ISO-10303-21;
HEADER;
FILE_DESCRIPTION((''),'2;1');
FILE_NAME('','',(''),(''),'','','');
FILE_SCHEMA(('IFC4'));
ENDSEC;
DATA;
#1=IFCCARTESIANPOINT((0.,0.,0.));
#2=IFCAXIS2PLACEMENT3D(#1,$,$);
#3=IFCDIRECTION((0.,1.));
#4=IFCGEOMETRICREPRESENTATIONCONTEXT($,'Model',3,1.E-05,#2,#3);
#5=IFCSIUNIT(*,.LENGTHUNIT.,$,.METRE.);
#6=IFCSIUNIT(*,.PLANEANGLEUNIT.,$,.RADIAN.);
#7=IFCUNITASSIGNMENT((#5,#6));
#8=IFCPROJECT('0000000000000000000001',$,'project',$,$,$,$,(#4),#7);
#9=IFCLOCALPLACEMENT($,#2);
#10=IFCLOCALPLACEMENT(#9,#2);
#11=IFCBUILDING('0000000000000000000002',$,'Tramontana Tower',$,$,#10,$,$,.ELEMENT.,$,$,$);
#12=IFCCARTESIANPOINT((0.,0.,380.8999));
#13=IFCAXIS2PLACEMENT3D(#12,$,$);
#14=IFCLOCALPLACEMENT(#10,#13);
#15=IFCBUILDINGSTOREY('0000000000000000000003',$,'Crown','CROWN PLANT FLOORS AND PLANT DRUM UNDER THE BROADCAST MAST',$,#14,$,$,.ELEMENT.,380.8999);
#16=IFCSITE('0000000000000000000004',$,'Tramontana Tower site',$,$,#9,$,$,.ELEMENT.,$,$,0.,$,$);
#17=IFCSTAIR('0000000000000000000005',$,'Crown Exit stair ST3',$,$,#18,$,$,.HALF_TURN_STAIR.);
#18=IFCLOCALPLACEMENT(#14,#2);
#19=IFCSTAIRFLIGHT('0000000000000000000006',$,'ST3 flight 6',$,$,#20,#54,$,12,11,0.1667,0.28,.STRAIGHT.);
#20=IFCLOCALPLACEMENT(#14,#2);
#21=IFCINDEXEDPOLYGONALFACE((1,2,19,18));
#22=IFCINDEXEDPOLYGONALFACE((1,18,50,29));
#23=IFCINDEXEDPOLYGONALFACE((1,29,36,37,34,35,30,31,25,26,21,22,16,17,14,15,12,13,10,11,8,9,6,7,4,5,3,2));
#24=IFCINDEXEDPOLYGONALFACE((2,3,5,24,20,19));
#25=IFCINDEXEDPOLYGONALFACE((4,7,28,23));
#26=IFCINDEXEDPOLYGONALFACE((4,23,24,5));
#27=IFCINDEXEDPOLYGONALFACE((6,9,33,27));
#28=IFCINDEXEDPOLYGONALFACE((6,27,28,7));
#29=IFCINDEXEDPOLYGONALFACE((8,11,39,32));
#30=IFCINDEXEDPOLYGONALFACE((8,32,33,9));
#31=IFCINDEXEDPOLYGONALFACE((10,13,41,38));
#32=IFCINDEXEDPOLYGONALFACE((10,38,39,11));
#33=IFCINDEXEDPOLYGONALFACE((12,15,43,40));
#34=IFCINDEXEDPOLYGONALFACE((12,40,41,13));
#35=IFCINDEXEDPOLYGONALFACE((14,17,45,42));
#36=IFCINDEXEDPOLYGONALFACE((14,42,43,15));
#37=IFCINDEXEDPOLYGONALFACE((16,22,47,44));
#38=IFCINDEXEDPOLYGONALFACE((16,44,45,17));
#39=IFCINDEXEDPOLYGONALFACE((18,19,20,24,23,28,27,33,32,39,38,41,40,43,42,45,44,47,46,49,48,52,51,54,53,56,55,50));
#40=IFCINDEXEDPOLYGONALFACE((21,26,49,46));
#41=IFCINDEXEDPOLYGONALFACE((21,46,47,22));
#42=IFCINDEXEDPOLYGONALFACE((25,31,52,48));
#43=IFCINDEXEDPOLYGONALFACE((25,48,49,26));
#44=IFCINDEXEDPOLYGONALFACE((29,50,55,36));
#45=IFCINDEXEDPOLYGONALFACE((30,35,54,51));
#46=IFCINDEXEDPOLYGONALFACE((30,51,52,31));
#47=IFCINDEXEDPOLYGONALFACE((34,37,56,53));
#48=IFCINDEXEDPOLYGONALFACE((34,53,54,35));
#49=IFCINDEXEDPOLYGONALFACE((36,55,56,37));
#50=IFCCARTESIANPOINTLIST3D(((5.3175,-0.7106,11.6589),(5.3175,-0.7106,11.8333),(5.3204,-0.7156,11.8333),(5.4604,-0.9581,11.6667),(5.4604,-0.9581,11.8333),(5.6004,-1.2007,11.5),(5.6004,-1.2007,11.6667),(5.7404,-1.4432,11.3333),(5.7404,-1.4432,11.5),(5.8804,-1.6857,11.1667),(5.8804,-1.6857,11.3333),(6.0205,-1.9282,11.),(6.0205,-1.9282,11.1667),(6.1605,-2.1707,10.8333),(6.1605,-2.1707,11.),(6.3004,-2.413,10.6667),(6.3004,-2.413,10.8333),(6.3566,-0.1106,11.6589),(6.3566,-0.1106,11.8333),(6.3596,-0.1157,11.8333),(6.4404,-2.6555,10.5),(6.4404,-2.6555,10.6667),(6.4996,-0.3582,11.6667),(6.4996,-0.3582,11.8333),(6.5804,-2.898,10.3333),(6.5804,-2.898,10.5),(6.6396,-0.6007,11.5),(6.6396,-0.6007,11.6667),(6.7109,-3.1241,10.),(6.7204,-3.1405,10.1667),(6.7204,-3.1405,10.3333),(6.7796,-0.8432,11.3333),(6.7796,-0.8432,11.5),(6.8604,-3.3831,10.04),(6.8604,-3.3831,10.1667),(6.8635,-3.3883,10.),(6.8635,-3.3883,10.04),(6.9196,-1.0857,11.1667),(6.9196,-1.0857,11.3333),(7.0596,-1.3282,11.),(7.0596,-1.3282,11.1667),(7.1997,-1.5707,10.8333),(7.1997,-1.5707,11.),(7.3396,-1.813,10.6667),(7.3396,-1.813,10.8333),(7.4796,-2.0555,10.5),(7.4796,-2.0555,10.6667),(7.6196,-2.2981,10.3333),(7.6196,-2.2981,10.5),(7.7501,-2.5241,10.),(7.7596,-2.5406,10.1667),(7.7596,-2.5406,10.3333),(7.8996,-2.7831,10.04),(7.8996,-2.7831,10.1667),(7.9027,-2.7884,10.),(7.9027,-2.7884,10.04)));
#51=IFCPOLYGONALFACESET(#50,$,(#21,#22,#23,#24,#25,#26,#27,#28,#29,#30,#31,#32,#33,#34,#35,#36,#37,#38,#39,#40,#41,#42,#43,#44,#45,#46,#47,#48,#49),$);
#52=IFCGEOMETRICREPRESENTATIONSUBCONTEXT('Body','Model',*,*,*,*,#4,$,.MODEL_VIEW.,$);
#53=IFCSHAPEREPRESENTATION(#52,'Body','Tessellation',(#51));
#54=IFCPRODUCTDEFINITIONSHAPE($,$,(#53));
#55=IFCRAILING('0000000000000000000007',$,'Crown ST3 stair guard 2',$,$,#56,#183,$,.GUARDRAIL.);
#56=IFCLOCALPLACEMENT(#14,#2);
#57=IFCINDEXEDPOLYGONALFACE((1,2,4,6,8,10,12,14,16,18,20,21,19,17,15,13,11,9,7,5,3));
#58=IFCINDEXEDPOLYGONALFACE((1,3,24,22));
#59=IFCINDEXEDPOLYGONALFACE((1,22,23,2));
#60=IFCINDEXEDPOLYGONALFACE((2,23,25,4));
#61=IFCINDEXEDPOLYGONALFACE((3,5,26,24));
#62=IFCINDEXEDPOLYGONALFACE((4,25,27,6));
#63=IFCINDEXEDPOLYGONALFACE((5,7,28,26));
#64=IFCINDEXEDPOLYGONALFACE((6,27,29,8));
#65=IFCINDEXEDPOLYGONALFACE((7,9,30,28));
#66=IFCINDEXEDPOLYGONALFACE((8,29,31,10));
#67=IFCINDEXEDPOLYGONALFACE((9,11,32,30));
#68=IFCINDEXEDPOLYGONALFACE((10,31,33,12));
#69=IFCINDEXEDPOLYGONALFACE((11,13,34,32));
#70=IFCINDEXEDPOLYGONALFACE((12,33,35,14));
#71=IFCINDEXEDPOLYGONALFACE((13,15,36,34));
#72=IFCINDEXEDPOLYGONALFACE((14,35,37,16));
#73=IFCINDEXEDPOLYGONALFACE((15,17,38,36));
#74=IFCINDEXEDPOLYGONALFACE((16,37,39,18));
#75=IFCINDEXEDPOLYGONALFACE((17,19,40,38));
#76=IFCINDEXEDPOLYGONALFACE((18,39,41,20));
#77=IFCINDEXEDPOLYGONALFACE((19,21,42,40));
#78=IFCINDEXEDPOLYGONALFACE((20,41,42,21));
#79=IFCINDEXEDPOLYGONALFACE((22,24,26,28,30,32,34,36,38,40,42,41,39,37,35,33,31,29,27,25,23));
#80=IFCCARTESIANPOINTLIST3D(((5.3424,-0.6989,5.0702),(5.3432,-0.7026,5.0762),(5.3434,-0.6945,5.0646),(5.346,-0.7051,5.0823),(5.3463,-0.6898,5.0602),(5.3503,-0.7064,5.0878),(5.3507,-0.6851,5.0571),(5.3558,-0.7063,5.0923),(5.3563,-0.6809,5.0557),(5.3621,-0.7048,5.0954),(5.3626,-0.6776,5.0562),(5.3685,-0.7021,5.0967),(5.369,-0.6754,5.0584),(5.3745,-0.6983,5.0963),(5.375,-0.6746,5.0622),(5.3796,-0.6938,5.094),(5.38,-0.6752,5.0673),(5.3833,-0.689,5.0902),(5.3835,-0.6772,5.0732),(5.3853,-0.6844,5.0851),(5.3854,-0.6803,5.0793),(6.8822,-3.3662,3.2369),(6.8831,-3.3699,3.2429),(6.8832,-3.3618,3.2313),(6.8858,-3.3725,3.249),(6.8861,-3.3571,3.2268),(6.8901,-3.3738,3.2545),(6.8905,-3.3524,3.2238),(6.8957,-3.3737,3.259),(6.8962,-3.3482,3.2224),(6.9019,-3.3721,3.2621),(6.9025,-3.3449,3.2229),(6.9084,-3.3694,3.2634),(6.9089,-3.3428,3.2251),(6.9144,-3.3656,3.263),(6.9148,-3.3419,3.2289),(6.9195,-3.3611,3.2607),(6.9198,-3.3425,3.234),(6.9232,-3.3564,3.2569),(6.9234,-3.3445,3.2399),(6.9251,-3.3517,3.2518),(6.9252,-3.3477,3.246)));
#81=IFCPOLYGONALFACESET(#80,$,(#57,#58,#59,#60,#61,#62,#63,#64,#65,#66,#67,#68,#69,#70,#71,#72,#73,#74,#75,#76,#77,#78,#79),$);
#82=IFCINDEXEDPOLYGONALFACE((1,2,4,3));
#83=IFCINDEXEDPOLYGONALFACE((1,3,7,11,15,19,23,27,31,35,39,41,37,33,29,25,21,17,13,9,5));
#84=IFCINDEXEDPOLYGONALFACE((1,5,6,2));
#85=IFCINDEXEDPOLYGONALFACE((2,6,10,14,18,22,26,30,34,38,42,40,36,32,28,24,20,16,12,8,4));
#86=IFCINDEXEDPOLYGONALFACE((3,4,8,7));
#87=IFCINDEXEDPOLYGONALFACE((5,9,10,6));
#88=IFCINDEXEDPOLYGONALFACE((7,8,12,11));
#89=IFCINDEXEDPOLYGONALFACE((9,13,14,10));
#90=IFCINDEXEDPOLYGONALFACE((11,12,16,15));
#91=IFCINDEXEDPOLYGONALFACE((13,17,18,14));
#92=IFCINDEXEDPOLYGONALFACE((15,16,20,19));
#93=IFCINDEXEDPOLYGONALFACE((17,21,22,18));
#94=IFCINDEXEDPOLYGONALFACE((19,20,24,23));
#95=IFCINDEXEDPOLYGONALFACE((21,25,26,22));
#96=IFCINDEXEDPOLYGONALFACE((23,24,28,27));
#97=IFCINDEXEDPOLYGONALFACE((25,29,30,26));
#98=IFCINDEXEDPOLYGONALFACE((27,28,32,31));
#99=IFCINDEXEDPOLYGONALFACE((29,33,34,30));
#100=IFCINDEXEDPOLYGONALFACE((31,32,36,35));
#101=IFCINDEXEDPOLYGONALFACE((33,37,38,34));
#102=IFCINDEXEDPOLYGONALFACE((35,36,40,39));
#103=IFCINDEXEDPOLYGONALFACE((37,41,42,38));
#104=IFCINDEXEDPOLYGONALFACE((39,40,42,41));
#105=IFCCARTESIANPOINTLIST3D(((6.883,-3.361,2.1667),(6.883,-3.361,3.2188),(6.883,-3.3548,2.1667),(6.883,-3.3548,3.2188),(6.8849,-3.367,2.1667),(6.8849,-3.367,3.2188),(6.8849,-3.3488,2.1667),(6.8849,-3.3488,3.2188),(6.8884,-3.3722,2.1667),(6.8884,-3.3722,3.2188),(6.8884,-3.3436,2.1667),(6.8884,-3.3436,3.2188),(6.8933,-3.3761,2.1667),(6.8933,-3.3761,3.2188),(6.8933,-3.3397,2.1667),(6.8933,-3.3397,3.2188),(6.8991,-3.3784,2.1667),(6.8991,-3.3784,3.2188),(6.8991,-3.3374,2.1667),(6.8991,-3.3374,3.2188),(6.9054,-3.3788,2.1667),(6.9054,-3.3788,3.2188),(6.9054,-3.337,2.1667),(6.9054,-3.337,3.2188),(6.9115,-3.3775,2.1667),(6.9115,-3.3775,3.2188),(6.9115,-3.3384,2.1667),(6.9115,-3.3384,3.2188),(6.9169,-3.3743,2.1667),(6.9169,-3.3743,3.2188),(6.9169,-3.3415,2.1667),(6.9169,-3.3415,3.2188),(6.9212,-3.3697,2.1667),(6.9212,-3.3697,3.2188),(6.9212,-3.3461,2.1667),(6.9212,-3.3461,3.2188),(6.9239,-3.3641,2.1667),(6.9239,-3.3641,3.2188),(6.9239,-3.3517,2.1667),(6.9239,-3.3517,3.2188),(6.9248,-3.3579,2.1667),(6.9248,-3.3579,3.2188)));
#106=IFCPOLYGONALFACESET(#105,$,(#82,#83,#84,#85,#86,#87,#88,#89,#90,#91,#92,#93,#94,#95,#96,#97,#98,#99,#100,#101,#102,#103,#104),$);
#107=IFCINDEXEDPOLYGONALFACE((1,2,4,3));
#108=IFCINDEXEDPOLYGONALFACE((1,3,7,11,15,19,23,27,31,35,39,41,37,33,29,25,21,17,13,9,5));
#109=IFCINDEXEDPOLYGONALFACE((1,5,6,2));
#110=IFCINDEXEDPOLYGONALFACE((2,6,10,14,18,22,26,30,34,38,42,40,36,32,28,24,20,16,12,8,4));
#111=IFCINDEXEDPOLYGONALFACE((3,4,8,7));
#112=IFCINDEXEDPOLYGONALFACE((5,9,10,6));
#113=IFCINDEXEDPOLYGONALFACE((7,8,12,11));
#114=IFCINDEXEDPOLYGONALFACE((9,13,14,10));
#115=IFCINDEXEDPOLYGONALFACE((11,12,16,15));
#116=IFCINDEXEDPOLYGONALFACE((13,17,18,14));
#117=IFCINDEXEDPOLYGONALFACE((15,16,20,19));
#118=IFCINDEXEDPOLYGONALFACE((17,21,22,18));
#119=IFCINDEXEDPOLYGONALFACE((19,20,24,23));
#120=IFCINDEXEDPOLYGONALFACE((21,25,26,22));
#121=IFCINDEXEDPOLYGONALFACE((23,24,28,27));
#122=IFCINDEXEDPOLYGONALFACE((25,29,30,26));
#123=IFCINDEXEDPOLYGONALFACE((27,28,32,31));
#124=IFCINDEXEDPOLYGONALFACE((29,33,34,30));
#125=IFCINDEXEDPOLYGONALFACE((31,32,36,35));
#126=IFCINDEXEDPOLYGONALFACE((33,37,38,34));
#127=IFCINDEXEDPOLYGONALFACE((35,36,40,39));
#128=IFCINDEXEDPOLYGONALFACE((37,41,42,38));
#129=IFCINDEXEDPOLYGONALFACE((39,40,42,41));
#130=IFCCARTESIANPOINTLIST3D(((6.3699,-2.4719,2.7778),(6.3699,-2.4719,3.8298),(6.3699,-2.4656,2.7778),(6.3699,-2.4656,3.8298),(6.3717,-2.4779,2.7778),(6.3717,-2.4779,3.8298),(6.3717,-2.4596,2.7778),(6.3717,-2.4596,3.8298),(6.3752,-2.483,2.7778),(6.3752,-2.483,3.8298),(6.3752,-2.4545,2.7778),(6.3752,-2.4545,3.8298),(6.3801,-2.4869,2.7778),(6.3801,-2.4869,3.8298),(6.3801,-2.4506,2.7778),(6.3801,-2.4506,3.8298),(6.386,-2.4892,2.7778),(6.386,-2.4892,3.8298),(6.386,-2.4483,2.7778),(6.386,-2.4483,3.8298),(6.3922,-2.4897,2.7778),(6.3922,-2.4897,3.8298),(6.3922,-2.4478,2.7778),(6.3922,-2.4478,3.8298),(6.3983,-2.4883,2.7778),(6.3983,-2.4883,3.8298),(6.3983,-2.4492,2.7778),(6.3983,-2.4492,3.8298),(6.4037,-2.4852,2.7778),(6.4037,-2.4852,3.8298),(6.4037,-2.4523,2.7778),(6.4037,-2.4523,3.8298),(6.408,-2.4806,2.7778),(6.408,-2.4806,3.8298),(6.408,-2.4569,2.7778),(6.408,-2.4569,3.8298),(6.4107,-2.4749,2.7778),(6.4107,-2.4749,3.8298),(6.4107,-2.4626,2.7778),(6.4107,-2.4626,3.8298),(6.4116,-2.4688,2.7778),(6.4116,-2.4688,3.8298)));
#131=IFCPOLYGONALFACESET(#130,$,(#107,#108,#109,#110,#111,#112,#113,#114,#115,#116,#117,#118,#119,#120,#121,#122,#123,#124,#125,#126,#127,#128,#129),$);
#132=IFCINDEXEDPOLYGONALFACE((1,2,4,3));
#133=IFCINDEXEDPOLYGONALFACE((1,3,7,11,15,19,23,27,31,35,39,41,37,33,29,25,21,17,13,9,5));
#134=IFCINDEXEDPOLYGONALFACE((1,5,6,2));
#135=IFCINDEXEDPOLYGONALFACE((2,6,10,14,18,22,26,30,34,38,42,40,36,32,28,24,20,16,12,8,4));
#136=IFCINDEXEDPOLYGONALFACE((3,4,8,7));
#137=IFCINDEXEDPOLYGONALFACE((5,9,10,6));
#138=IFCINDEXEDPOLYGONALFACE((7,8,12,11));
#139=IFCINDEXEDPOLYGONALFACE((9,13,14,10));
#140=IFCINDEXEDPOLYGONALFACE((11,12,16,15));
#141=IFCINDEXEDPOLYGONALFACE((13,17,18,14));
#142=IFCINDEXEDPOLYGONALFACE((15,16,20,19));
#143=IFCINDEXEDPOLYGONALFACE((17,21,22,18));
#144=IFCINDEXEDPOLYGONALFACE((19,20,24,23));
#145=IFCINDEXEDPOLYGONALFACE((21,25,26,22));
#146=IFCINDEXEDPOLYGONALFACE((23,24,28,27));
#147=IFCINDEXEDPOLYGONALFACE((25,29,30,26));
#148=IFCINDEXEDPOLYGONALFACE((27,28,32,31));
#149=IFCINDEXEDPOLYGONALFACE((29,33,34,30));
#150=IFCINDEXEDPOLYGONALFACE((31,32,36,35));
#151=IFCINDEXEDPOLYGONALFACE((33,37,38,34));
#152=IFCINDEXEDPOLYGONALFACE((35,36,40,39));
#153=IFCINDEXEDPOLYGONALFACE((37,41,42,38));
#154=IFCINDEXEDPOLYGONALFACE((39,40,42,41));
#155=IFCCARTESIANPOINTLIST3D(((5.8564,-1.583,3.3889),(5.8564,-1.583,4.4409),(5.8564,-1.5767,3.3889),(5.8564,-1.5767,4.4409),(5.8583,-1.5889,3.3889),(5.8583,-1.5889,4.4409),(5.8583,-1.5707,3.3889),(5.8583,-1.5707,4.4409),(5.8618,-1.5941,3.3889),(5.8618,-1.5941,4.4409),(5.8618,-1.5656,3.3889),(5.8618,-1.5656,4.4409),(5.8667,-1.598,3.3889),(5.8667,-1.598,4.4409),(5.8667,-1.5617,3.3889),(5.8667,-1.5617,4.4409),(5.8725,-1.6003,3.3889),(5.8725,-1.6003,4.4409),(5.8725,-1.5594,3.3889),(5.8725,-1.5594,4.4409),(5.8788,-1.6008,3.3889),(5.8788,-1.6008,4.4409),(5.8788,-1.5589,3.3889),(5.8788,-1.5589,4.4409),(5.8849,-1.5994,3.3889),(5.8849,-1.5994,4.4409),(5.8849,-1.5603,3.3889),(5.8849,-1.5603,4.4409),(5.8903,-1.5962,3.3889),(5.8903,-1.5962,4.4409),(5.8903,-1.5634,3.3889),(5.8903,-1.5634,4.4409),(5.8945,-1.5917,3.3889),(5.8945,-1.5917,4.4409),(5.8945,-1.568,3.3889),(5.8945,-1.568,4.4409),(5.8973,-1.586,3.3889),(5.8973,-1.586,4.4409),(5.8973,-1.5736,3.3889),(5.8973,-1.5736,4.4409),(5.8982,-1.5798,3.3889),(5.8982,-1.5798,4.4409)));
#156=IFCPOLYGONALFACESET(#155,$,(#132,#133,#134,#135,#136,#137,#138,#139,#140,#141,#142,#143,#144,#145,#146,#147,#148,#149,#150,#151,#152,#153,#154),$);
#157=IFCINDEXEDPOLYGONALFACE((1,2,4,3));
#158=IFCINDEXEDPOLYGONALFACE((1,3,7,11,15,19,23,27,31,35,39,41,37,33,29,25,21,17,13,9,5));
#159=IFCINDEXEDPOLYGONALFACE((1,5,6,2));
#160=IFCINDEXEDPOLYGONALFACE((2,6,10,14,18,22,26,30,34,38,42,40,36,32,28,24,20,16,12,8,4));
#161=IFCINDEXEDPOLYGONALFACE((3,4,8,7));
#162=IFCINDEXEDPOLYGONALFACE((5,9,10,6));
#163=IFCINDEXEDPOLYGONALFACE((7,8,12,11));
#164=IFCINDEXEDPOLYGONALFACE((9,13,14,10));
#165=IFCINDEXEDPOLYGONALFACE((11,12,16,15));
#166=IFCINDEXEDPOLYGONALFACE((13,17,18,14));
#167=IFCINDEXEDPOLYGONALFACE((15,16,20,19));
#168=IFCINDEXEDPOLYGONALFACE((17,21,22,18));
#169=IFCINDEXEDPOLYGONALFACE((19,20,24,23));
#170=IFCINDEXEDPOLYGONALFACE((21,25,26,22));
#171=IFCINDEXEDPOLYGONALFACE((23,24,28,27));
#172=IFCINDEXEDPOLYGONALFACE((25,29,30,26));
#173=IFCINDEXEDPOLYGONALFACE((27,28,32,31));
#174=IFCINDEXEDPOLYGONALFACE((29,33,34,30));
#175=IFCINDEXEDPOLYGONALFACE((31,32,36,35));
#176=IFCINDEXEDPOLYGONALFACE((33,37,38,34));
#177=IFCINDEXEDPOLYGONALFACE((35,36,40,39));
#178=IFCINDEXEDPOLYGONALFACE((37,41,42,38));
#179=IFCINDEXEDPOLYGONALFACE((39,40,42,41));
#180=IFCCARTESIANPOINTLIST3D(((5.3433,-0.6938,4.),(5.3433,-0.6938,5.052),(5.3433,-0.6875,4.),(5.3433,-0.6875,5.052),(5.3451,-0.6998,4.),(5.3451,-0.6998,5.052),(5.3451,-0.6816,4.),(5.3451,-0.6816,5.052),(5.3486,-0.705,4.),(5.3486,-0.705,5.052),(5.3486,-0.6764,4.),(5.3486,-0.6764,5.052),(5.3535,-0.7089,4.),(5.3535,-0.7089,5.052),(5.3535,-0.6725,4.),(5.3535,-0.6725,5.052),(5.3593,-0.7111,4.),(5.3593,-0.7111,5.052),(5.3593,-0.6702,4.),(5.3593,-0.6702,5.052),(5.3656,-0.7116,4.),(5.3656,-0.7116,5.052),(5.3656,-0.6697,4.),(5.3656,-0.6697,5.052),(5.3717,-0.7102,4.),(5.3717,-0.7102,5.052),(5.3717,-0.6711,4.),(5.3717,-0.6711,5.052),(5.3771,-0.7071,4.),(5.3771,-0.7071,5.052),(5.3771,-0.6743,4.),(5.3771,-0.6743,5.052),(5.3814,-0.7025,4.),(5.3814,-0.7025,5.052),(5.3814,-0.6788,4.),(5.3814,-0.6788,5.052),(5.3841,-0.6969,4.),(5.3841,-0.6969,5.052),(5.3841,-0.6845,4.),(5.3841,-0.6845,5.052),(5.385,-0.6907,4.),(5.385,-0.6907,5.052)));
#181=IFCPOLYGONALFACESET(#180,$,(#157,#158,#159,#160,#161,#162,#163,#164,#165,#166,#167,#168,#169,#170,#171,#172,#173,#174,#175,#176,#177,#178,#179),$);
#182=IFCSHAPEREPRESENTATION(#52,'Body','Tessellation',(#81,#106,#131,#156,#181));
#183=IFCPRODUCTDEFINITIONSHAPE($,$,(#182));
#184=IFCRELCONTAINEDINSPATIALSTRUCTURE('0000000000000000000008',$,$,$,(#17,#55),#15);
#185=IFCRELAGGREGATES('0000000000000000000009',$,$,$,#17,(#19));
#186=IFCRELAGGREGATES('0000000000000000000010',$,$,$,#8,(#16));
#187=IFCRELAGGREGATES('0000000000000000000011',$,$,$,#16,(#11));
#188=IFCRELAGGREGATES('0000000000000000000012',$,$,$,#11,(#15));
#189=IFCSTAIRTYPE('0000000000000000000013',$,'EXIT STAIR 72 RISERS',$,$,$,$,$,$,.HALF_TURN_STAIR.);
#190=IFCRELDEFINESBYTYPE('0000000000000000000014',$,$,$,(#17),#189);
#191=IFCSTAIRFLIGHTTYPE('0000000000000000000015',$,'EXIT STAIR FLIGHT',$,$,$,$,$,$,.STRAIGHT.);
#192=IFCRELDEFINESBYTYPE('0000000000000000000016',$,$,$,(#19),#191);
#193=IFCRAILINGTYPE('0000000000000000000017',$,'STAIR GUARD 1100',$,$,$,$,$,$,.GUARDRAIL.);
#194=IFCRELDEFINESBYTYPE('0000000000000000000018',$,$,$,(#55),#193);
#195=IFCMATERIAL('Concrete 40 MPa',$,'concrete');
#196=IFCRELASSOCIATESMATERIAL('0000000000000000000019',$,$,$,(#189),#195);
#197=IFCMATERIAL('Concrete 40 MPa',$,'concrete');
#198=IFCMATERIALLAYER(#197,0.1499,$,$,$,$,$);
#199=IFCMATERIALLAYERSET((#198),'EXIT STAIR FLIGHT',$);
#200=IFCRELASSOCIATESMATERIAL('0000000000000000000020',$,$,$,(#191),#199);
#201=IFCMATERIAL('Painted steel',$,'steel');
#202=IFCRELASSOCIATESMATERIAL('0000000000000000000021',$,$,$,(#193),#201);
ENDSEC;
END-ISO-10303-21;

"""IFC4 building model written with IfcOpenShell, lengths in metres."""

from ifc_helpers import new_model, si_unit, direction, frame, origin, origin_2d, place, context, subcontext, project, spatial, polyline, circle, outline, extrude, material, layer, layer_set, type_object, element, aggregate, save


model = new_model("IFC4")

# Units and contexts
model_context = context("Model", 3, precision=1e-05, world=origin(), true_north=direction((0.0, 1.0)))
body_context = subcontext(model_context, "Body", "Model", "MODEL_VIEW")
ifc_project = project(units=[si_unit("LENGTHUNIT", "METRE"), si_unit("PLANEANGLEUNIT", "RADIAN")], contexts=[model_context])

# Site, building, storey
site_placement = place(None, origin())
site = spatial("IfcSite", under=ifc_project, at=site_placement, Name="Tramontana Tower site", CompositionType="ELEMENT", RefElevation=0.0)
building_placement = place(site_placement, origin())
building = spatial("IfcBuilding", under=site, at=building_placement, Name="Tramontana Tower", CompositionType="ELEMENT")
storey_placement = place(building_placement, frame((0.0, 0.0, 380.8999)))
storey = spatial("IfcBuildingStorey", under=building, at=storey_placement, Name="Crown", Description="CROWN PLANT FLOORS AND PLANT DRUM UNDER THE BROADCAST MAST", CompositionType="ELEMENT", Elevation=380.8999)

# Stair, stair flight
ifc_material_1 = material(Name="Concrete 40 MPa", Category="concrete")
stair_type = type_object("IfcStairType", Name="EXIT STAIR 72 RISERS", PredefinedType="HALF_TURN_STAIR", material=ifc_material_1)
stair_placement = place(storey_placement, origin())
stair = element("IfcStair", 1, at=stair_placement, inside=storey, type_object=stair_type, Name="Crown Exit stair ST3", PredefinedType="HALF_TURN_STAIR")
ifc_material_2 = material(Name="Concrete 40 MPa", Category="concrete")
ifc_layer_1 = layer(ifc_material_2, 0.1499)
ifc_layer_set_1 = layer_set([ifc_layer_1], Name="EXIT STAIR FLIGHT")
stair_flight_type = type_object("IfcStairFlightType", Name="EXIT STAIR FLIGHT", PredefinedType="STRAIGHT", material=ifc_layer_set_1)
stair_flight_1_placement = place(storey_placement, frame((7.3801, -3.083, 10.0), z_axis=(0.0, 0.0, 1.0), x_axis=(-0.5, 0.866025, 0.0)))
stair_flight_1 = element("IfcStairFlight", 2, at=stair_flight_1_placement, type_object=stair_flight_type, Name="ST3 flight 6", NumberOfRisers=12, NumberOfTreads=11, PredefinedType="STRAIGHT", RiserHeight=0.1667, TreadLength=0.28, context=body_context, shape_type="SweptSolid", body=[
    extrude(outline(polyline([(-0.0061, 0.0), (-0.0061, 0.04), (0.0, 0.04), (0.0, 0.1667), (0.28, 0.1667), (0.28, 0.3333), (0.5601, 0.3333), (0.5601, 0.5), (0.8401, 0.5), (0.8401, 0.6667), (1.1201, 0.6667), (1.1201, 0.8333), (1.3999, 0.8333), (1.3999, 1.0), (1.6799, 1.0), (1.6799, 1.1667), (1.96, 1.1667), (1.96, 1.3333), (2.24, 1.3333), (2.24, 1.5), (2.52, 1.5), (2.52, 1.6667), (2.8, 1.6667), (2.8, 1.8333), (3.0801, 1.8333), (3.0859, 1.8333), (3.0859, 1.6589), (0.2991, 0.0), (-0.0061, 0.0)])), frame((0.0, 0.6001, 0.0), z_axis=(0.0, -1.0, 0.0), x_axis=(1.0, 0.0, 0.0)), (0.0, 0.0, 1.0), 1.2),
])
aggregate(stair, [stair_flight_1])

# Railing
ifc_material_3 = material(Name="Painted steel", Category="steel")
railing_type_1 = type_object("IfcRailingType", Name="STAIR GUARD 1100", PredefinedType="GUARDRAIL", material=ifc_material_3)
for number, where, name in (
    (3, (6.9038, -3.3579, 2.1667), "Crown ST3 stair guard 2"),
):
    element("IfcRailing", number, at=place(storey_placement, frame(where)), inside=storey, type_object=railing_type_1, Name=name, PredefinedType="GUARDRAIL", context=body_context, shape_type="SweptSolid", body=[
        extrude(circle(Radius=0.0239, at=origin_2d()), frame((0.0, 0.0, 1.0762), z_axis=(-0.429616, 0.744181, 0.511493), x_axis=(-0.866044, -0.499967, 0.0)), (0.0, 0.0, 1.0), 3.5842),
        extrude(circle(Radius=0.021, at=origin_2d()), origin(), (0.0, 0.0, 1.0), 1.052),
        extrude(circle(Radius=0.021, at=origin_2d()), frame((-0.5132, 0.8892, 0.6111)), (0.0, 0.0, 1.0), 1.052),
        extrude(circle(Radius=0.021, at=origin_2d()), frame((-1.0266, 1.7781, 1.2222)), (0.0, 0.0, 1.0), 1.052),
        extrude(circle(Radius=0.021, at=origin_2d()), frame((-1.5398, 2.6672, 1.8333)), (0.0, 0.0, 1.0), 1.052),
    ])

save(model, "model.ifc")
